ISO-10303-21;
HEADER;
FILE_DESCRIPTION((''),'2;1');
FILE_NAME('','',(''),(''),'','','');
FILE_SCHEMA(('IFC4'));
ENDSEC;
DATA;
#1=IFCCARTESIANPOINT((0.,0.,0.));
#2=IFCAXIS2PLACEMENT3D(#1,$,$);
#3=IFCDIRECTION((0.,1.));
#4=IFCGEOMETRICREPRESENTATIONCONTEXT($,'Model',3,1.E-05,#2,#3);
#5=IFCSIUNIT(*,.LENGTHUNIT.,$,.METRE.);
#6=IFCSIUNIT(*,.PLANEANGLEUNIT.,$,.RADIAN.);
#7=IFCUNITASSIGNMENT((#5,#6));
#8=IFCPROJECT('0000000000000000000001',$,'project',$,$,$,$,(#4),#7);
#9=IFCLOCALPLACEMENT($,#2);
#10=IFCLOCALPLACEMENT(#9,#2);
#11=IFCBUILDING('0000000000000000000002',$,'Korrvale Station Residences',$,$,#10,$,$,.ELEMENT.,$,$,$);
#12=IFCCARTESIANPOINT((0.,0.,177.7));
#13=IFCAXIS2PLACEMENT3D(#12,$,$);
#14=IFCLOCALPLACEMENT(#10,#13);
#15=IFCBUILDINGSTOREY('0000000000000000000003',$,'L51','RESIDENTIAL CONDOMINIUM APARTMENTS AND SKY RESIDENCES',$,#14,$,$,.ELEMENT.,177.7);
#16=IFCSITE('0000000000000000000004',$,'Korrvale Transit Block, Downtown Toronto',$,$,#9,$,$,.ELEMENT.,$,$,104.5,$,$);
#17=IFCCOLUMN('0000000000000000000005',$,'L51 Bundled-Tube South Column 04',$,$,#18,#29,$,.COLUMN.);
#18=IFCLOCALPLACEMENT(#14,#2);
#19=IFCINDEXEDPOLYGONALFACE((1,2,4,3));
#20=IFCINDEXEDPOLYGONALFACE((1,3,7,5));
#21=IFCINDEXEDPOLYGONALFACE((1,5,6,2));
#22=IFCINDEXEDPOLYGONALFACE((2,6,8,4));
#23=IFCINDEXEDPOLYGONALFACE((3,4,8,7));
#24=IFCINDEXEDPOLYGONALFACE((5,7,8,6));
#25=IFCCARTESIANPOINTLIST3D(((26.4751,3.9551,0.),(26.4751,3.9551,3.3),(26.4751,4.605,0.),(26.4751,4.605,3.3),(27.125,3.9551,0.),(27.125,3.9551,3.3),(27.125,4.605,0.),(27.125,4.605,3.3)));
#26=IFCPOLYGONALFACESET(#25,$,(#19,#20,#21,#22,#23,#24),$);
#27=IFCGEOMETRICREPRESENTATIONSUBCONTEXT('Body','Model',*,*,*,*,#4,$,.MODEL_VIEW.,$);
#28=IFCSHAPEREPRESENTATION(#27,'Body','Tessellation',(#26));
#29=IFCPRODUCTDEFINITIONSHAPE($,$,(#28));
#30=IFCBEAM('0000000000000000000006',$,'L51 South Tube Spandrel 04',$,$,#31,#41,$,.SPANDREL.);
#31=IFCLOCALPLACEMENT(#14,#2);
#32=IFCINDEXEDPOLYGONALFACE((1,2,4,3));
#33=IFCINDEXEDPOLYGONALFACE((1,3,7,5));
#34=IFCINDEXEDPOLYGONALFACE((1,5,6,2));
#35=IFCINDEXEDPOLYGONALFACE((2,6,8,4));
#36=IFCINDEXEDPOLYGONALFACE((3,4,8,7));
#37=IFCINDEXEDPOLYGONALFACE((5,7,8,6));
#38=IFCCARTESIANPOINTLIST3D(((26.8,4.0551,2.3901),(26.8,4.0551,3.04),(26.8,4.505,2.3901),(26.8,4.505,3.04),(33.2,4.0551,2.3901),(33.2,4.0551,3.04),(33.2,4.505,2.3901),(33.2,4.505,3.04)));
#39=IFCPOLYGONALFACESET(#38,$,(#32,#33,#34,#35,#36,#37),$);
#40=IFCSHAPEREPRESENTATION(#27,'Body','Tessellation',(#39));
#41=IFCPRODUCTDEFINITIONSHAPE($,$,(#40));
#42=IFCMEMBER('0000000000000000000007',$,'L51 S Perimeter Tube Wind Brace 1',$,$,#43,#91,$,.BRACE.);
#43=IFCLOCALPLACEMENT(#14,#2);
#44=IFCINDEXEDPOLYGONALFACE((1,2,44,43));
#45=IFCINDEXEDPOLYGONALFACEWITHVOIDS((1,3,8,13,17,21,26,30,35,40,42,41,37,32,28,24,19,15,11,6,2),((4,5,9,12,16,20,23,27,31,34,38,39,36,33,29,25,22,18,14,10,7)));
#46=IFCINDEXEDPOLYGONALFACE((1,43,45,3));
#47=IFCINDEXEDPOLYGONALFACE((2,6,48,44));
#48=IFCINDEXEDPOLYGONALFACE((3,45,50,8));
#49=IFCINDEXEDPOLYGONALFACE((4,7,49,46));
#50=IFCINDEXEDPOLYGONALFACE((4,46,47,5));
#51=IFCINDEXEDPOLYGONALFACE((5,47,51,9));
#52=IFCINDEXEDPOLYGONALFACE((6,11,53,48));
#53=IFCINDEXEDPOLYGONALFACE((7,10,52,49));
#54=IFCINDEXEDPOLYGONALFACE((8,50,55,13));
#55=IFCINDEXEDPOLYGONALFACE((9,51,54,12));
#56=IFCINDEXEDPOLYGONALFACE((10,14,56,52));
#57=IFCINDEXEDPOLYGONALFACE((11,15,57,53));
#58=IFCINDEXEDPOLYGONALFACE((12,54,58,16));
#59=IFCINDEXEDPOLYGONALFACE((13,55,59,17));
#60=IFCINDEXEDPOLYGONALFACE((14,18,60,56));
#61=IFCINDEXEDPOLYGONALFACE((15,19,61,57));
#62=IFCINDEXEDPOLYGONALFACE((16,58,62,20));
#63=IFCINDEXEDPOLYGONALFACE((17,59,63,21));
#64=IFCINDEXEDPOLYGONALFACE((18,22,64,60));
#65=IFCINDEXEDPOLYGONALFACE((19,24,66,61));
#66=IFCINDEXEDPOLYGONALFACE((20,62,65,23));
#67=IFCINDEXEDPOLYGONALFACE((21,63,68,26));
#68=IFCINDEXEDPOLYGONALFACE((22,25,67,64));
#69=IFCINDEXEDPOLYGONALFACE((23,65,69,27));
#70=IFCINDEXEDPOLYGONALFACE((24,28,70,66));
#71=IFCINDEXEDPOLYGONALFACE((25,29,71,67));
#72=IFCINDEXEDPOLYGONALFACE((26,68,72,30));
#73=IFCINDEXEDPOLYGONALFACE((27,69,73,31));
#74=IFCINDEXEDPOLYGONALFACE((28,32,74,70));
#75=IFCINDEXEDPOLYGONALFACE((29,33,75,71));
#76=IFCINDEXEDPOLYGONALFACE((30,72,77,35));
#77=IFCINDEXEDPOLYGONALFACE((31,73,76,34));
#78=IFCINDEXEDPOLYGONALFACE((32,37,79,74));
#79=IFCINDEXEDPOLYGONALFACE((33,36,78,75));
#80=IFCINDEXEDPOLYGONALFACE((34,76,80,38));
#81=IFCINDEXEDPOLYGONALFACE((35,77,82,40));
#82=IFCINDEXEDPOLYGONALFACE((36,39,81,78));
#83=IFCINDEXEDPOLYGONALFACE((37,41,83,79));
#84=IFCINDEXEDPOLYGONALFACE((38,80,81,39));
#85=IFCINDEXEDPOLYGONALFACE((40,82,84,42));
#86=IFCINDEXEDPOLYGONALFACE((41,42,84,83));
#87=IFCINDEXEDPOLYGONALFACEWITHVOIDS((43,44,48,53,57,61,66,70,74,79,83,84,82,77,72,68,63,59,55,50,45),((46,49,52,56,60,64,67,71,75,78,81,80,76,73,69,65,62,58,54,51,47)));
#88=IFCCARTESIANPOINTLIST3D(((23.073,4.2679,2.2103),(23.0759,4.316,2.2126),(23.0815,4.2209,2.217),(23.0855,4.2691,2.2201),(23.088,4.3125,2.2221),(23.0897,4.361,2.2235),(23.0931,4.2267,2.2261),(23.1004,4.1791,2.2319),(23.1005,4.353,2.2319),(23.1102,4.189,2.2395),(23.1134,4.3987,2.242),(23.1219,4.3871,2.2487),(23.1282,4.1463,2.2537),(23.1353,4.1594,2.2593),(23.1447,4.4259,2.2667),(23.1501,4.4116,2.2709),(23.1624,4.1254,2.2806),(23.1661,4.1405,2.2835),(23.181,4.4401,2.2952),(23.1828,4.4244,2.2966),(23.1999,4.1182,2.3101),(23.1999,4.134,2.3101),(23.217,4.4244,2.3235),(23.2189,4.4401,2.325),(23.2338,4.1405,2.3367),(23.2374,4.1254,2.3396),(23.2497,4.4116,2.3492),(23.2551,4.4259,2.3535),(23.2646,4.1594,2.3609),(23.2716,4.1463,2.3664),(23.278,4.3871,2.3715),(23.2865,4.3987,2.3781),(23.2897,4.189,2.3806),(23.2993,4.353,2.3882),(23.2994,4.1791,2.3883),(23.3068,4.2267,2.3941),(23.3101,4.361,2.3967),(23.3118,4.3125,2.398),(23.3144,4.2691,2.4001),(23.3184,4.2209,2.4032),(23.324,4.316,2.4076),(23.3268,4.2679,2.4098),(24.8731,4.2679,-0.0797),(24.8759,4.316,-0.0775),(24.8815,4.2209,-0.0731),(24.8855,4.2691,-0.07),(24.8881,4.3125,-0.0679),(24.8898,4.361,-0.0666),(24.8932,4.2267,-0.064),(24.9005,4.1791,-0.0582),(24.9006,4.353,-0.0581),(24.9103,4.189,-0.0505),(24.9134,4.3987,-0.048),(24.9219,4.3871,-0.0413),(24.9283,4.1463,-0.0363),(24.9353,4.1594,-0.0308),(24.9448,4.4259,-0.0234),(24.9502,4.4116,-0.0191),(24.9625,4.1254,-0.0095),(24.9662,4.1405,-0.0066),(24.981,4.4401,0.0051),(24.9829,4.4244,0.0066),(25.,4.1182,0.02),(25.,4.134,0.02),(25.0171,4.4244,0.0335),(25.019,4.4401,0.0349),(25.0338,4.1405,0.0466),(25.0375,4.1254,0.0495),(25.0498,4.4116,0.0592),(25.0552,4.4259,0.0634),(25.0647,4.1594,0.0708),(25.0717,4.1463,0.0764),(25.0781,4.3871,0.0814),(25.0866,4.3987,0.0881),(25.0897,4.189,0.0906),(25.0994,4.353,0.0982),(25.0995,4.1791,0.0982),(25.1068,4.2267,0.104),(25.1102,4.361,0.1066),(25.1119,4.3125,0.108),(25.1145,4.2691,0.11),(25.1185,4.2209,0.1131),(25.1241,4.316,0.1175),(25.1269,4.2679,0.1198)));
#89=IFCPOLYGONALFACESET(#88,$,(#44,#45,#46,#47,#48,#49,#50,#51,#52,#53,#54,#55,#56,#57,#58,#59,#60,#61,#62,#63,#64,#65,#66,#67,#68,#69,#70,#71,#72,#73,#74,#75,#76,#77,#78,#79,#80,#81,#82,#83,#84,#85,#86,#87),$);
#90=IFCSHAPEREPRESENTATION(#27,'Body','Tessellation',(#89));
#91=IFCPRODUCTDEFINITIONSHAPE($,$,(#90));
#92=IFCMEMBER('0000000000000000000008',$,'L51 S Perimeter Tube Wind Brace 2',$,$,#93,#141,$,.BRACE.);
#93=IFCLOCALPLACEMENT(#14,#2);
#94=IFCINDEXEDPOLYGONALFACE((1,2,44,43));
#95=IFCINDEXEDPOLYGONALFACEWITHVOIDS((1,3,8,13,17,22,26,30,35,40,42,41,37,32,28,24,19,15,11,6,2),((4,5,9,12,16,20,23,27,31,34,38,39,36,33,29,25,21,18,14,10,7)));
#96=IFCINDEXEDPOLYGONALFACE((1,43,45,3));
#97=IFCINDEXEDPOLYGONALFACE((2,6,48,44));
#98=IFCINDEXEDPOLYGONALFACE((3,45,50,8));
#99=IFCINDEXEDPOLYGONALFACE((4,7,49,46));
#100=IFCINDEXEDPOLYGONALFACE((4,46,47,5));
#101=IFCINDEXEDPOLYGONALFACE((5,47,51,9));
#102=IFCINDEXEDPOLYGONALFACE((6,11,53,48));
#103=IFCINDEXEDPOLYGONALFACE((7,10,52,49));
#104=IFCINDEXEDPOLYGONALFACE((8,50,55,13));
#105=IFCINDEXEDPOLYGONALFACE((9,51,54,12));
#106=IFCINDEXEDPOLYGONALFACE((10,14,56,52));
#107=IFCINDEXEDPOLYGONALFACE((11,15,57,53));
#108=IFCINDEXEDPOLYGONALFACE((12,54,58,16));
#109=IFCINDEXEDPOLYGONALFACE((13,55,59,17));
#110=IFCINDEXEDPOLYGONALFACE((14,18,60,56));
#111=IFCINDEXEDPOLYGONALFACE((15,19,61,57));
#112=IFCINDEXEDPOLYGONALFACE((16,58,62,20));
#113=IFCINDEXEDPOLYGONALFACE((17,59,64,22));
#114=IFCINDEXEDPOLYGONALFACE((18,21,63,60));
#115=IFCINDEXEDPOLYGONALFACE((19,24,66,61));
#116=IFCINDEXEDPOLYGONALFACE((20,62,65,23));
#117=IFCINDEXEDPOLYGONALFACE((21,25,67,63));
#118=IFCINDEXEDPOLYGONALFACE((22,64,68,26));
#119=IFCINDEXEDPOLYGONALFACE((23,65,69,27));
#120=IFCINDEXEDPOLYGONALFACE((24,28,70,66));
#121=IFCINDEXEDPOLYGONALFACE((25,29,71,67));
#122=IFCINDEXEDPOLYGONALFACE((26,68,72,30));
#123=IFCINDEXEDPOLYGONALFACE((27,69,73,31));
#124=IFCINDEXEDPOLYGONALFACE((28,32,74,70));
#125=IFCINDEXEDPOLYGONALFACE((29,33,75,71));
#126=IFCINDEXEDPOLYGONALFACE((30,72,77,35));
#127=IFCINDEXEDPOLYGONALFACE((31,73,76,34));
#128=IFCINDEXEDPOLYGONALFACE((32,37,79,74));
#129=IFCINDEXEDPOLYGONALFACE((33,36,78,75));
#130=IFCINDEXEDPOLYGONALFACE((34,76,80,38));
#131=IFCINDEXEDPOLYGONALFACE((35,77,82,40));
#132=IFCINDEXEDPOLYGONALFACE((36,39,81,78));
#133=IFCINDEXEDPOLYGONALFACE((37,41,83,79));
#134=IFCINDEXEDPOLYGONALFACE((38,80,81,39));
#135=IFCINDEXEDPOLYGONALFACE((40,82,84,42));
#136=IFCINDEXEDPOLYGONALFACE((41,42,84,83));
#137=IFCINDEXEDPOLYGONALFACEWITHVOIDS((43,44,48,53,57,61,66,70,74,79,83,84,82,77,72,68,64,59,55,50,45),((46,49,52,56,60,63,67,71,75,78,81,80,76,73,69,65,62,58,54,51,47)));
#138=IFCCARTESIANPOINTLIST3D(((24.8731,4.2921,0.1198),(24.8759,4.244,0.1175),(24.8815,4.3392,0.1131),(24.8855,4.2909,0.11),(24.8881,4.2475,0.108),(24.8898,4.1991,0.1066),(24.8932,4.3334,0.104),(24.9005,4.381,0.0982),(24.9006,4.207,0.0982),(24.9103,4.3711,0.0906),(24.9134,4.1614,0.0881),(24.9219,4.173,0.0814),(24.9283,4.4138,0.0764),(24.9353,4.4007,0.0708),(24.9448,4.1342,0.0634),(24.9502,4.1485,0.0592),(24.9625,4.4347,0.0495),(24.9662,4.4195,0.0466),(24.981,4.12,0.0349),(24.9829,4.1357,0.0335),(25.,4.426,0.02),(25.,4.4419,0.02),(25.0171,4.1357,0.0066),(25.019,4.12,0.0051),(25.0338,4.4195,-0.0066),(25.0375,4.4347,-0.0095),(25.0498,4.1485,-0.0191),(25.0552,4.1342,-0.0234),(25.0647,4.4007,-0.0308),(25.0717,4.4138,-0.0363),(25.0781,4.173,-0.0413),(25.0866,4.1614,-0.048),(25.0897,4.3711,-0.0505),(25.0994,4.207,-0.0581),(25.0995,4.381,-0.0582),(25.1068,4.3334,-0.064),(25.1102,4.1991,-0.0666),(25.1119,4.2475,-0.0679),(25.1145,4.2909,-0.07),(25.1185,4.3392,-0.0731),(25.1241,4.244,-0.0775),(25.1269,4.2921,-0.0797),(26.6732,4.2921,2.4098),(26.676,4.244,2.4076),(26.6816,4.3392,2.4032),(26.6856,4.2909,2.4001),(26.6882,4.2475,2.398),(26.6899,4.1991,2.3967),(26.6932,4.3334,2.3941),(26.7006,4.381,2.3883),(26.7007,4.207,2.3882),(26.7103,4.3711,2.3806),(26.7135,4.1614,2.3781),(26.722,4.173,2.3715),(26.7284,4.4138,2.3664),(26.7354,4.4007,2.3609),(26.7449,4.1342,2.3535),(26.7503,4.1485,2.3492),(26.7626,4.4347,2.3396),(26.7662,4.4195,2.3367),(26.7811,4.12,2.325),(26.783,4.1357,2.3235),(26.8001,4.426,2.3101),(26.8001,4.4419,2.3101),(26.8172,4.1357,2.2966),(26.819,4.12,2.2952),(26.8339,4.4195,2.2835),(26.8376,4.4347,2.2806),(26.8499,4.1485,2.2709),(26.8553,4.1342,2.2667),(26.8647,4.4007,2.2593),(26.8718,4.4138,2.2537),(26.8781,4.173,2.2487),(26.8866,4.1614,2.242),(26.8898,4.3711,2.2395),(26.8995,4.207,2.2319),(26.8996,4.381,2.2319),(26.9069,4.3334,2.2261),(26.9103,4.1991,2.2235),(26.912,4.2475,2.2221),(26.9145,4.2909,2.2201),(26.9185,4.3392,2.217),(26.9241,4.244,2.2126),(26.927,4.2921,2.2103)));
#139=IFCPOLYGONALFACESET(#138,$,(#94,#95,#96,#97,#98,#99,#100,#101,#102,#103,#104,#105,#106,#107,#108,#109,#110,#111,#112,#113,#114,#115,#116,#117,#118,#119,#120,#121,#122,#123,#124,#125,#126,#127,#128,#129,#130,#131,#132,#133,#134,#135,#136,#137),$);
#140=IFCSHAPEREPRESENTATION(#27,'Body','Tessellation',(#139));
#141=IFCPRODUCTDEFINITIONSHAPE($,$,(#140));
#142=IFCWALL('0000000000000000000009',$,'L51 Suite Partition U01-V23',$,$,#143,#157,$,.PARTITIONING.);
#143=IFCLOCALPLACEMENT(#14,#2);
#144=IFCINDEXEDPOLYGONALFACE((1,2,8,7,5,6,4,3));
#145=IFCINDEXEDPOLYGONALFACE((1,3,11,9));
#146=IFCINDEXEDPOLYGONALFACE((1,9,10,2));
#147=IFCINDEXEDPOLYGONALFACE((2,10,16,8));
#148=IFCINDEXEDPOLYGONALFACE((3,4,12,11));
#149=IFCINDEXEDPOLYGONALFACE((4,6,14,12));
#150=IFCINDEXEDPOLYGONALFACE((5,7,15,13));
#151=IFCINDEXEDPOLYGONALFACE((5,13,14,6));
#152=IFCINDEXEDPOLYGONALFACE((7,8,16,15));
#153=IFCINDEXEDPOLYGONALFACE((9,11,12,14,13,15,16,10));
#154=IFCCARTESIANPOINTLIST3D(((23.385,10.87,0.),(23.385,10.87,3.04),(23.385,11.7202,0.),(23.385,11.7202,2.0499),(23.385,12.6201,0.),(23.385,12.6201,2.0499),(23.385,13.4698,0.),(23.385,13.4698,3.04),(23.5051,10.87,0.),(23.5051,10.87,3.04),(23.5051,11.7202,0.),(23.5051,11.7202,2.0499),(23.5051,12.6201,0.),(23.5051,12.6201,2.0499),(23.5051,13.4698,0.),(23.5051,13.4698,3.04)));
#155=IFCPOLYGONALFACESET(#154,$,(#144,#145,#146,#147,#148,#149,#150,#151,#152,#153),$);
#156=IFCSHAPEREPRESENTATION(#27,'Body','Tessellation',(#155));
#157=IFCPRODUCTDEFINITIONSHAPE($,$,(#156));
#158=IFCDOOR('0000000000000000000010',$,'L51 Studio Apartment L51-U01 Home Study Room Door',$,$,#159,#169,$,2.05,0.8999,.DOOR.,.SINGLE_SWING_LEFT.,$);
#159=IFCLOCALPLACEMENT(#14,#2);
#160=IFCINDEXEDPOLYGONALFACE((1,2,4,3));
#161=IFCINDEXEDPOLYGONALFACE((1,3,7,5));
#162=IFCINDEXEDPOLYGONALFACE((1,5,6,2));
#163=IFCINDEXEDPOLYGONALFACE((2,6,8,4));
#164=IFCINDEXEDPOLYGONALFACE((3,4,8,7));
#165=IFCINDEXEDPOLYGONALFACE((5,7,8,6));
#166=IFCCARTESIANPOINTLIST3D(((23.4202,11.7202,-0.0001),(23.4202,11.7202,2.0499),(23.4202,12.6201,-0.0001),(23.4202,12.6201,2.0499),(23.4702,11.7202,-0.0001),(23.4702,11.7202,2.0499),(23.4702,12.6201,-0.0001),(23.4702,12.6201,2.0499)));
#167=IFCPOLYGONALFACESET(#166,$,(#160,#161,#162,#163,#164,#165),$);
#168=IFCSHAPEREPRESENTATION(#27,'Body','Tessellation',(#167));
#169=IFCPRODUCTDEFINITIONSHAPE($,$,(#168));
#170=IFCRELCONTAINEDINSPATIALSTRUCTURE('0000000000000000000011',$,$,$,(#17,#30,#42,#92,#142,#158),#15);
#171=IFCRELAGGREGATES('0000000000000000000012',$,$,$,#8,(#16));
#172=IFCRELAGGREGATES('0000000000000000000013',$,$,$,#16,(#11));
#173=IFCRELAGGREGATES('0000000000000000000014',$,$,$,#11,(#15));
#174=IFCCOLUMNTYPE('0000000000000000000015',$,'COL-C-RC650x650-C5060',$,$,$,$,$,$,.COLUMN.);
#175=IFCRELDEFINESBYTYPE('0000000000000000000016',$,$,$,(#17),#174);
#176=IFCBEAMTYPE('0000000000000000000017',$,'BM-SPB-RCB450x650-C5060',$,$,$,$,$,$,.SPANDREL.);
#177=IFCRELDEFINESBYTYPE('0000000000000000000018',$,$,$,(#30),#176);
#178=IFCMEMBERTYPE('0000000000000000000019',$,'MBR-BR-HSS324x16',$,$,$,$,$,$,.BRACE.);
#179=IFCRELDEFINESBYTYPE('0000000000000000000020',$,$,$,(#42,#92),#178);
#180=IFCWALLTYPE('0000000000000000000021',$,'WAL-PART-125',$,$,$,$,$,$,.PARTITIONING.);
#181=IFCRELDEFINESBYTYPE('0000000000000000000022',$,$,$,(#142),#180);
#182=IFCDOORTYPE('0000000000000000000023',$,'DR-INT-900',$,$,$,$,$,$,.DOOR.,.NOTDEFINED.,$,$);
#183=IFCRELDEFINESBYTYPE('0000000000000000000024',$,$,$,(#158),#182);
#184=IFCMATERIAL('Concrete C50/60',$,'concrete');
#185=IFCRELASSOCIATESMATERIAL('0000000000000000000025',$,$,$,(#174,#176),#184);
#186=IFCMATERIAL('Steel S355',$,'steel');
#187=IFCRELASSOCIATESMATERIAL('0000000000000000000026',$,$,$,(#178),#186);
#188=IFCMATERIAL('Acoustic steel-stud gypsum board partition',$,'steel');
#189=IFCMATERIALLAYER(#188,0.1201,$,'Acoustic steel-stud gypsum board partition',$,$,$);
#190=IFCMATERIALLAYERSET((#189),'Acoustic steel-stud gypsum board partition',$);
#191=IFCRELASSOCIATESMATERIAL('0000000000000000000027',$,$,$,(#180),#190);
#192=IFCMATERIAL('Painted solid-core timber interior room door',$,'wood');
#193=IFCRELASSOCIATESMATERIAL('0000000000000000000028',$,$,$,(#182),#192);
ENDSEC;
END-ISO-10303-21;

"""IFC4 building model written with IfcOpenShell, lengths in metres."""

from ifc_helpers import new_model, si_unit, direction, frame, frame_2d, origin, origin_2d, place, context, subcontext, project, spatial, rectangle, hollow_circle, extrude, material, layer, layer_set, material_profile, profile_set, type_object, element, fill, save


model = new_model("IFC4")

# Units and contexts
model_context = context("Model", 3, precision=1e-05, world=origin(), true_north=direction((0.0, 1.0)))
body_context = subcontext(model_context, "Body", "Model", "MODEL_VIEW")
ifc_project = project(units=[si_unit("LENGTHUNIT", "METRE"), si_unit("PLANEANGLEUNIT", "RADIAN")], contexts=[model_context])

# Site, building, storey
site_placement = place(None, origin())
site = spatial("IfcSite", under=ifc_project, at=site_placement, Name="Korrvale Transit Block, Downtown Toronto", CompositionType="ELEMENT", RefElevation=104.5)
building_placement = place(site_placement, origin())
building = spatial("IfcBuilding", under=site, at=building_placement, Name="Korrvale Station Residences", CompositionType="ELEMENT")
storey_placement = place(building_placement, frame((0.0, 0.0, 177.7)))
storey = spatial("IfcBuildingStorey", under=building, at=storey_placement, Name="L51", Description="RESIDENTIAL CONDOMINIUM APARTMENTS AND SKY RESIDENCES", CompositionType="ELEMENT", Elevation=177.7)

# Column
ifc_material_1 = material(Name="Concrete C50/60", Category="concrete")
ifc_material_profile_1 = material_profile(ifc_material_1, rectangle(XDim=0.6499, YDim=0.6499, at=origin_2d()), Name="RC650x650")
ifc_profile_set_1 = profile_set([ifc_material_profile_1], Name="Concrete C50/60")
column_type = type_object("IfcColumnType", Name="COL-C-RC650x650-C5060", PredefinedType="COLUMN", material=ifc_profile_set_1)
column_placement = place(storey_placement, frame((26.8, 4.28, 0.0), z_axis=(0.0, 0.0, 1.0), x_axis=(1.0, 0.0, 0.0)))
element("IfcColumn", 1, at=column_placement, inside=storey, type_object=column_type, Name="L51 Bundled-Tube South Column 04", PredefinedType="COLUMN", context=body_context, shape_type="SweptSolid", body=[
    extrude(rectangle(XDim=0.6499, YDim=0.6499, at=origin_2d()), origin(), (0.0, 0.0, 1.0), 3.3),
])

# Beam
ifc_material_profile_2 = material_profile(ifc_material_1, rectangle(XDim=0.45, YDim=0.6499, at=origin_2d()), Name="RCB450x650")
ifc_profile_set_2 = profile_set([ifc_material_profile_2], Name="Concrete C50/60")
beam_type = type_object("IfcBeamType", Name="BM-SPB-RCB450x650-C5060", PredefinedType="SPANDREL", material=ifc_profile_set_2)
beam_placement = place(storey_placement, frame((26.8, 4.28, 2.7151), z_axis=(1.0, 0.0, 0.0), x_axis=(0.0, 1.0, 0.0)))
element("IfcBeam", 2, at=beam_placement, inside=storey, type_object=beam_type, Name="L51 South Tube Spandrel 04", PredefinedType="SPANDREL", context=body_context, shape_type="SweptSolid", body=[
    extrude(rectangle(XDim=0.45, YDim=0.6499, at=origin_2d()), origin(), (0.0, 0.0, 1.0), 6.3999),
])

# Members
ifc_material_2 = material(Name="Steel S355", Category="steel")
ifc_material_profile_3 = material_profile(ifc_material_2, hollow_circle(Radius=0.1619, WallThickness=0.0159, at=origin_2d()), Name="HSS324x16")
ifc_profile_set_3 = profile_set([ifc_material_profile_3], Name="Steel S355")
member_type = type_object("IfcMemberType", Name="MBR-BR-HSS324x16", PredefinedType="BRACE", material=ifc_profile_set_3)
for number, where, z_axis, x_axis, name in (
    (3, (25.0, 4.28, 0.02), (-0.617977, 0.0, 0.786196), (0.0, -1.0, 0.0), "L51 S Perimeter Tube Wind Brace 1"),
    (4, (25.0, 4.28, 0.02), (0.617977, 0.0, 0.786196), (0.0, 1.0, 0.0), "L51 S Perimeter Tube Wind Brace 2"),
):
    element("IfcMember", number, at=place(storey_placement, frame(where, z_axis=z_axis, x_axis=x_axis)), inside=storey, type_object=member_type, Name=name, PredefinedType="BRACE", context=body_context, shape_type="SweptSolid", body=[
        extrude(hollow_circle(Radius=0.1619, WallThickness=0.0159, at=origin_2d()), origin(), (0.0, 0.0, 1.0), 2.9128),
    ])

# Wall, opening, door
ifc_material_3 = material(Name="Acoustic steel-stud gypsum board partition", Category="steel")
ifc_layer_1 = layer(ifc_material_3, 0.1201, Name="Acoustic steel-stud gypsum board partition")
ifc_layer_set_1 = layer_set([ifc_layer_1], Name="Acoustic steel-stud gypsum board partition")
wall_type = type_object("IfcWallType", Name="WAL-PART-125", PredefinedType="PARTITIONING", material=ifc_layer_set_1)
wall_1_placement = place(storey_placement, frame((23.4451, 10.8701, 0.0), z_axis=(0.0, 0.0, 1.0), x_axis=(0.0, 1.0, 0.0)))
wall_1 = element("IfcWall", 5, at=wall_1_placement, inside=storey, type_object=wall_type, Name="L51 Suite Partition U01-V23", PredefinedType="PARTITIONING", context=body_context, shape_type="SweptSolid", body=[
    extrude(rectangle(XDim=2.5999, YDim=0.1201, at=frame_2d((1.2998, 0.0))), origin(), (0.0, 0.0, 1.0), 3.04),
])
opening_1_placement = place(wall_1_placement, frame((0.8501, 0.0, 0.0)))
opening_1 = element("IfcOpeningElement", 6, at=opening_1_placement, cuts=wall_1, PredefinedType="OPENING", context=body_context, shape_type="SweptSolid", body=[
    extrude(rectangle(XDim=0.8999, YDim=2.05, at=frame_2d((0.45, 1.0249))), frame((0.0, 0.0701, 0.0), z_axis=(0.0, -1.0, 0.0), x_axis=(1.0, 0.0, 0.0)), (0.0, 0.0, 1.0), 0.1401),
])
ifc_material_4 = material(Name="Painted solid-core timber interior room door", Category="wood")
door_type = type_object("IfcDoorType", Name="DR-INT-900", OperationType="NOTDEFINED", PredefinedType="DOOR", material=ifc_material_4)
door_1_placement = place(opening_1_placement, origin())
door_1 = element("IfcDoor", 7, at=door_1_placement, inside=storey, type_object=door_type, Name="L51 Studio Apartment L51-U01 Home Study Room Door", OperationType="SINGLE_SWING_LEFT", OverallHeight=2.05, OverallWidth=0.8999, PredefinedType="DOOR", context=body_context, shape_type="SweptSolid", body=[
    extrude(rectangle(XDim=0.8999, YDim=2.05, at=frame_2d((0.45, 1.0249))), frame((0.0, 0.0249, 0.0), z_axis=(0.0, -1.0, 0.0), x_axis=(1.0, 0.0, 0.0)), (0.0, 0.0, 1.0), 0.05),
])
fill(opening_1, door_1)

save(model, "model.ifc")
